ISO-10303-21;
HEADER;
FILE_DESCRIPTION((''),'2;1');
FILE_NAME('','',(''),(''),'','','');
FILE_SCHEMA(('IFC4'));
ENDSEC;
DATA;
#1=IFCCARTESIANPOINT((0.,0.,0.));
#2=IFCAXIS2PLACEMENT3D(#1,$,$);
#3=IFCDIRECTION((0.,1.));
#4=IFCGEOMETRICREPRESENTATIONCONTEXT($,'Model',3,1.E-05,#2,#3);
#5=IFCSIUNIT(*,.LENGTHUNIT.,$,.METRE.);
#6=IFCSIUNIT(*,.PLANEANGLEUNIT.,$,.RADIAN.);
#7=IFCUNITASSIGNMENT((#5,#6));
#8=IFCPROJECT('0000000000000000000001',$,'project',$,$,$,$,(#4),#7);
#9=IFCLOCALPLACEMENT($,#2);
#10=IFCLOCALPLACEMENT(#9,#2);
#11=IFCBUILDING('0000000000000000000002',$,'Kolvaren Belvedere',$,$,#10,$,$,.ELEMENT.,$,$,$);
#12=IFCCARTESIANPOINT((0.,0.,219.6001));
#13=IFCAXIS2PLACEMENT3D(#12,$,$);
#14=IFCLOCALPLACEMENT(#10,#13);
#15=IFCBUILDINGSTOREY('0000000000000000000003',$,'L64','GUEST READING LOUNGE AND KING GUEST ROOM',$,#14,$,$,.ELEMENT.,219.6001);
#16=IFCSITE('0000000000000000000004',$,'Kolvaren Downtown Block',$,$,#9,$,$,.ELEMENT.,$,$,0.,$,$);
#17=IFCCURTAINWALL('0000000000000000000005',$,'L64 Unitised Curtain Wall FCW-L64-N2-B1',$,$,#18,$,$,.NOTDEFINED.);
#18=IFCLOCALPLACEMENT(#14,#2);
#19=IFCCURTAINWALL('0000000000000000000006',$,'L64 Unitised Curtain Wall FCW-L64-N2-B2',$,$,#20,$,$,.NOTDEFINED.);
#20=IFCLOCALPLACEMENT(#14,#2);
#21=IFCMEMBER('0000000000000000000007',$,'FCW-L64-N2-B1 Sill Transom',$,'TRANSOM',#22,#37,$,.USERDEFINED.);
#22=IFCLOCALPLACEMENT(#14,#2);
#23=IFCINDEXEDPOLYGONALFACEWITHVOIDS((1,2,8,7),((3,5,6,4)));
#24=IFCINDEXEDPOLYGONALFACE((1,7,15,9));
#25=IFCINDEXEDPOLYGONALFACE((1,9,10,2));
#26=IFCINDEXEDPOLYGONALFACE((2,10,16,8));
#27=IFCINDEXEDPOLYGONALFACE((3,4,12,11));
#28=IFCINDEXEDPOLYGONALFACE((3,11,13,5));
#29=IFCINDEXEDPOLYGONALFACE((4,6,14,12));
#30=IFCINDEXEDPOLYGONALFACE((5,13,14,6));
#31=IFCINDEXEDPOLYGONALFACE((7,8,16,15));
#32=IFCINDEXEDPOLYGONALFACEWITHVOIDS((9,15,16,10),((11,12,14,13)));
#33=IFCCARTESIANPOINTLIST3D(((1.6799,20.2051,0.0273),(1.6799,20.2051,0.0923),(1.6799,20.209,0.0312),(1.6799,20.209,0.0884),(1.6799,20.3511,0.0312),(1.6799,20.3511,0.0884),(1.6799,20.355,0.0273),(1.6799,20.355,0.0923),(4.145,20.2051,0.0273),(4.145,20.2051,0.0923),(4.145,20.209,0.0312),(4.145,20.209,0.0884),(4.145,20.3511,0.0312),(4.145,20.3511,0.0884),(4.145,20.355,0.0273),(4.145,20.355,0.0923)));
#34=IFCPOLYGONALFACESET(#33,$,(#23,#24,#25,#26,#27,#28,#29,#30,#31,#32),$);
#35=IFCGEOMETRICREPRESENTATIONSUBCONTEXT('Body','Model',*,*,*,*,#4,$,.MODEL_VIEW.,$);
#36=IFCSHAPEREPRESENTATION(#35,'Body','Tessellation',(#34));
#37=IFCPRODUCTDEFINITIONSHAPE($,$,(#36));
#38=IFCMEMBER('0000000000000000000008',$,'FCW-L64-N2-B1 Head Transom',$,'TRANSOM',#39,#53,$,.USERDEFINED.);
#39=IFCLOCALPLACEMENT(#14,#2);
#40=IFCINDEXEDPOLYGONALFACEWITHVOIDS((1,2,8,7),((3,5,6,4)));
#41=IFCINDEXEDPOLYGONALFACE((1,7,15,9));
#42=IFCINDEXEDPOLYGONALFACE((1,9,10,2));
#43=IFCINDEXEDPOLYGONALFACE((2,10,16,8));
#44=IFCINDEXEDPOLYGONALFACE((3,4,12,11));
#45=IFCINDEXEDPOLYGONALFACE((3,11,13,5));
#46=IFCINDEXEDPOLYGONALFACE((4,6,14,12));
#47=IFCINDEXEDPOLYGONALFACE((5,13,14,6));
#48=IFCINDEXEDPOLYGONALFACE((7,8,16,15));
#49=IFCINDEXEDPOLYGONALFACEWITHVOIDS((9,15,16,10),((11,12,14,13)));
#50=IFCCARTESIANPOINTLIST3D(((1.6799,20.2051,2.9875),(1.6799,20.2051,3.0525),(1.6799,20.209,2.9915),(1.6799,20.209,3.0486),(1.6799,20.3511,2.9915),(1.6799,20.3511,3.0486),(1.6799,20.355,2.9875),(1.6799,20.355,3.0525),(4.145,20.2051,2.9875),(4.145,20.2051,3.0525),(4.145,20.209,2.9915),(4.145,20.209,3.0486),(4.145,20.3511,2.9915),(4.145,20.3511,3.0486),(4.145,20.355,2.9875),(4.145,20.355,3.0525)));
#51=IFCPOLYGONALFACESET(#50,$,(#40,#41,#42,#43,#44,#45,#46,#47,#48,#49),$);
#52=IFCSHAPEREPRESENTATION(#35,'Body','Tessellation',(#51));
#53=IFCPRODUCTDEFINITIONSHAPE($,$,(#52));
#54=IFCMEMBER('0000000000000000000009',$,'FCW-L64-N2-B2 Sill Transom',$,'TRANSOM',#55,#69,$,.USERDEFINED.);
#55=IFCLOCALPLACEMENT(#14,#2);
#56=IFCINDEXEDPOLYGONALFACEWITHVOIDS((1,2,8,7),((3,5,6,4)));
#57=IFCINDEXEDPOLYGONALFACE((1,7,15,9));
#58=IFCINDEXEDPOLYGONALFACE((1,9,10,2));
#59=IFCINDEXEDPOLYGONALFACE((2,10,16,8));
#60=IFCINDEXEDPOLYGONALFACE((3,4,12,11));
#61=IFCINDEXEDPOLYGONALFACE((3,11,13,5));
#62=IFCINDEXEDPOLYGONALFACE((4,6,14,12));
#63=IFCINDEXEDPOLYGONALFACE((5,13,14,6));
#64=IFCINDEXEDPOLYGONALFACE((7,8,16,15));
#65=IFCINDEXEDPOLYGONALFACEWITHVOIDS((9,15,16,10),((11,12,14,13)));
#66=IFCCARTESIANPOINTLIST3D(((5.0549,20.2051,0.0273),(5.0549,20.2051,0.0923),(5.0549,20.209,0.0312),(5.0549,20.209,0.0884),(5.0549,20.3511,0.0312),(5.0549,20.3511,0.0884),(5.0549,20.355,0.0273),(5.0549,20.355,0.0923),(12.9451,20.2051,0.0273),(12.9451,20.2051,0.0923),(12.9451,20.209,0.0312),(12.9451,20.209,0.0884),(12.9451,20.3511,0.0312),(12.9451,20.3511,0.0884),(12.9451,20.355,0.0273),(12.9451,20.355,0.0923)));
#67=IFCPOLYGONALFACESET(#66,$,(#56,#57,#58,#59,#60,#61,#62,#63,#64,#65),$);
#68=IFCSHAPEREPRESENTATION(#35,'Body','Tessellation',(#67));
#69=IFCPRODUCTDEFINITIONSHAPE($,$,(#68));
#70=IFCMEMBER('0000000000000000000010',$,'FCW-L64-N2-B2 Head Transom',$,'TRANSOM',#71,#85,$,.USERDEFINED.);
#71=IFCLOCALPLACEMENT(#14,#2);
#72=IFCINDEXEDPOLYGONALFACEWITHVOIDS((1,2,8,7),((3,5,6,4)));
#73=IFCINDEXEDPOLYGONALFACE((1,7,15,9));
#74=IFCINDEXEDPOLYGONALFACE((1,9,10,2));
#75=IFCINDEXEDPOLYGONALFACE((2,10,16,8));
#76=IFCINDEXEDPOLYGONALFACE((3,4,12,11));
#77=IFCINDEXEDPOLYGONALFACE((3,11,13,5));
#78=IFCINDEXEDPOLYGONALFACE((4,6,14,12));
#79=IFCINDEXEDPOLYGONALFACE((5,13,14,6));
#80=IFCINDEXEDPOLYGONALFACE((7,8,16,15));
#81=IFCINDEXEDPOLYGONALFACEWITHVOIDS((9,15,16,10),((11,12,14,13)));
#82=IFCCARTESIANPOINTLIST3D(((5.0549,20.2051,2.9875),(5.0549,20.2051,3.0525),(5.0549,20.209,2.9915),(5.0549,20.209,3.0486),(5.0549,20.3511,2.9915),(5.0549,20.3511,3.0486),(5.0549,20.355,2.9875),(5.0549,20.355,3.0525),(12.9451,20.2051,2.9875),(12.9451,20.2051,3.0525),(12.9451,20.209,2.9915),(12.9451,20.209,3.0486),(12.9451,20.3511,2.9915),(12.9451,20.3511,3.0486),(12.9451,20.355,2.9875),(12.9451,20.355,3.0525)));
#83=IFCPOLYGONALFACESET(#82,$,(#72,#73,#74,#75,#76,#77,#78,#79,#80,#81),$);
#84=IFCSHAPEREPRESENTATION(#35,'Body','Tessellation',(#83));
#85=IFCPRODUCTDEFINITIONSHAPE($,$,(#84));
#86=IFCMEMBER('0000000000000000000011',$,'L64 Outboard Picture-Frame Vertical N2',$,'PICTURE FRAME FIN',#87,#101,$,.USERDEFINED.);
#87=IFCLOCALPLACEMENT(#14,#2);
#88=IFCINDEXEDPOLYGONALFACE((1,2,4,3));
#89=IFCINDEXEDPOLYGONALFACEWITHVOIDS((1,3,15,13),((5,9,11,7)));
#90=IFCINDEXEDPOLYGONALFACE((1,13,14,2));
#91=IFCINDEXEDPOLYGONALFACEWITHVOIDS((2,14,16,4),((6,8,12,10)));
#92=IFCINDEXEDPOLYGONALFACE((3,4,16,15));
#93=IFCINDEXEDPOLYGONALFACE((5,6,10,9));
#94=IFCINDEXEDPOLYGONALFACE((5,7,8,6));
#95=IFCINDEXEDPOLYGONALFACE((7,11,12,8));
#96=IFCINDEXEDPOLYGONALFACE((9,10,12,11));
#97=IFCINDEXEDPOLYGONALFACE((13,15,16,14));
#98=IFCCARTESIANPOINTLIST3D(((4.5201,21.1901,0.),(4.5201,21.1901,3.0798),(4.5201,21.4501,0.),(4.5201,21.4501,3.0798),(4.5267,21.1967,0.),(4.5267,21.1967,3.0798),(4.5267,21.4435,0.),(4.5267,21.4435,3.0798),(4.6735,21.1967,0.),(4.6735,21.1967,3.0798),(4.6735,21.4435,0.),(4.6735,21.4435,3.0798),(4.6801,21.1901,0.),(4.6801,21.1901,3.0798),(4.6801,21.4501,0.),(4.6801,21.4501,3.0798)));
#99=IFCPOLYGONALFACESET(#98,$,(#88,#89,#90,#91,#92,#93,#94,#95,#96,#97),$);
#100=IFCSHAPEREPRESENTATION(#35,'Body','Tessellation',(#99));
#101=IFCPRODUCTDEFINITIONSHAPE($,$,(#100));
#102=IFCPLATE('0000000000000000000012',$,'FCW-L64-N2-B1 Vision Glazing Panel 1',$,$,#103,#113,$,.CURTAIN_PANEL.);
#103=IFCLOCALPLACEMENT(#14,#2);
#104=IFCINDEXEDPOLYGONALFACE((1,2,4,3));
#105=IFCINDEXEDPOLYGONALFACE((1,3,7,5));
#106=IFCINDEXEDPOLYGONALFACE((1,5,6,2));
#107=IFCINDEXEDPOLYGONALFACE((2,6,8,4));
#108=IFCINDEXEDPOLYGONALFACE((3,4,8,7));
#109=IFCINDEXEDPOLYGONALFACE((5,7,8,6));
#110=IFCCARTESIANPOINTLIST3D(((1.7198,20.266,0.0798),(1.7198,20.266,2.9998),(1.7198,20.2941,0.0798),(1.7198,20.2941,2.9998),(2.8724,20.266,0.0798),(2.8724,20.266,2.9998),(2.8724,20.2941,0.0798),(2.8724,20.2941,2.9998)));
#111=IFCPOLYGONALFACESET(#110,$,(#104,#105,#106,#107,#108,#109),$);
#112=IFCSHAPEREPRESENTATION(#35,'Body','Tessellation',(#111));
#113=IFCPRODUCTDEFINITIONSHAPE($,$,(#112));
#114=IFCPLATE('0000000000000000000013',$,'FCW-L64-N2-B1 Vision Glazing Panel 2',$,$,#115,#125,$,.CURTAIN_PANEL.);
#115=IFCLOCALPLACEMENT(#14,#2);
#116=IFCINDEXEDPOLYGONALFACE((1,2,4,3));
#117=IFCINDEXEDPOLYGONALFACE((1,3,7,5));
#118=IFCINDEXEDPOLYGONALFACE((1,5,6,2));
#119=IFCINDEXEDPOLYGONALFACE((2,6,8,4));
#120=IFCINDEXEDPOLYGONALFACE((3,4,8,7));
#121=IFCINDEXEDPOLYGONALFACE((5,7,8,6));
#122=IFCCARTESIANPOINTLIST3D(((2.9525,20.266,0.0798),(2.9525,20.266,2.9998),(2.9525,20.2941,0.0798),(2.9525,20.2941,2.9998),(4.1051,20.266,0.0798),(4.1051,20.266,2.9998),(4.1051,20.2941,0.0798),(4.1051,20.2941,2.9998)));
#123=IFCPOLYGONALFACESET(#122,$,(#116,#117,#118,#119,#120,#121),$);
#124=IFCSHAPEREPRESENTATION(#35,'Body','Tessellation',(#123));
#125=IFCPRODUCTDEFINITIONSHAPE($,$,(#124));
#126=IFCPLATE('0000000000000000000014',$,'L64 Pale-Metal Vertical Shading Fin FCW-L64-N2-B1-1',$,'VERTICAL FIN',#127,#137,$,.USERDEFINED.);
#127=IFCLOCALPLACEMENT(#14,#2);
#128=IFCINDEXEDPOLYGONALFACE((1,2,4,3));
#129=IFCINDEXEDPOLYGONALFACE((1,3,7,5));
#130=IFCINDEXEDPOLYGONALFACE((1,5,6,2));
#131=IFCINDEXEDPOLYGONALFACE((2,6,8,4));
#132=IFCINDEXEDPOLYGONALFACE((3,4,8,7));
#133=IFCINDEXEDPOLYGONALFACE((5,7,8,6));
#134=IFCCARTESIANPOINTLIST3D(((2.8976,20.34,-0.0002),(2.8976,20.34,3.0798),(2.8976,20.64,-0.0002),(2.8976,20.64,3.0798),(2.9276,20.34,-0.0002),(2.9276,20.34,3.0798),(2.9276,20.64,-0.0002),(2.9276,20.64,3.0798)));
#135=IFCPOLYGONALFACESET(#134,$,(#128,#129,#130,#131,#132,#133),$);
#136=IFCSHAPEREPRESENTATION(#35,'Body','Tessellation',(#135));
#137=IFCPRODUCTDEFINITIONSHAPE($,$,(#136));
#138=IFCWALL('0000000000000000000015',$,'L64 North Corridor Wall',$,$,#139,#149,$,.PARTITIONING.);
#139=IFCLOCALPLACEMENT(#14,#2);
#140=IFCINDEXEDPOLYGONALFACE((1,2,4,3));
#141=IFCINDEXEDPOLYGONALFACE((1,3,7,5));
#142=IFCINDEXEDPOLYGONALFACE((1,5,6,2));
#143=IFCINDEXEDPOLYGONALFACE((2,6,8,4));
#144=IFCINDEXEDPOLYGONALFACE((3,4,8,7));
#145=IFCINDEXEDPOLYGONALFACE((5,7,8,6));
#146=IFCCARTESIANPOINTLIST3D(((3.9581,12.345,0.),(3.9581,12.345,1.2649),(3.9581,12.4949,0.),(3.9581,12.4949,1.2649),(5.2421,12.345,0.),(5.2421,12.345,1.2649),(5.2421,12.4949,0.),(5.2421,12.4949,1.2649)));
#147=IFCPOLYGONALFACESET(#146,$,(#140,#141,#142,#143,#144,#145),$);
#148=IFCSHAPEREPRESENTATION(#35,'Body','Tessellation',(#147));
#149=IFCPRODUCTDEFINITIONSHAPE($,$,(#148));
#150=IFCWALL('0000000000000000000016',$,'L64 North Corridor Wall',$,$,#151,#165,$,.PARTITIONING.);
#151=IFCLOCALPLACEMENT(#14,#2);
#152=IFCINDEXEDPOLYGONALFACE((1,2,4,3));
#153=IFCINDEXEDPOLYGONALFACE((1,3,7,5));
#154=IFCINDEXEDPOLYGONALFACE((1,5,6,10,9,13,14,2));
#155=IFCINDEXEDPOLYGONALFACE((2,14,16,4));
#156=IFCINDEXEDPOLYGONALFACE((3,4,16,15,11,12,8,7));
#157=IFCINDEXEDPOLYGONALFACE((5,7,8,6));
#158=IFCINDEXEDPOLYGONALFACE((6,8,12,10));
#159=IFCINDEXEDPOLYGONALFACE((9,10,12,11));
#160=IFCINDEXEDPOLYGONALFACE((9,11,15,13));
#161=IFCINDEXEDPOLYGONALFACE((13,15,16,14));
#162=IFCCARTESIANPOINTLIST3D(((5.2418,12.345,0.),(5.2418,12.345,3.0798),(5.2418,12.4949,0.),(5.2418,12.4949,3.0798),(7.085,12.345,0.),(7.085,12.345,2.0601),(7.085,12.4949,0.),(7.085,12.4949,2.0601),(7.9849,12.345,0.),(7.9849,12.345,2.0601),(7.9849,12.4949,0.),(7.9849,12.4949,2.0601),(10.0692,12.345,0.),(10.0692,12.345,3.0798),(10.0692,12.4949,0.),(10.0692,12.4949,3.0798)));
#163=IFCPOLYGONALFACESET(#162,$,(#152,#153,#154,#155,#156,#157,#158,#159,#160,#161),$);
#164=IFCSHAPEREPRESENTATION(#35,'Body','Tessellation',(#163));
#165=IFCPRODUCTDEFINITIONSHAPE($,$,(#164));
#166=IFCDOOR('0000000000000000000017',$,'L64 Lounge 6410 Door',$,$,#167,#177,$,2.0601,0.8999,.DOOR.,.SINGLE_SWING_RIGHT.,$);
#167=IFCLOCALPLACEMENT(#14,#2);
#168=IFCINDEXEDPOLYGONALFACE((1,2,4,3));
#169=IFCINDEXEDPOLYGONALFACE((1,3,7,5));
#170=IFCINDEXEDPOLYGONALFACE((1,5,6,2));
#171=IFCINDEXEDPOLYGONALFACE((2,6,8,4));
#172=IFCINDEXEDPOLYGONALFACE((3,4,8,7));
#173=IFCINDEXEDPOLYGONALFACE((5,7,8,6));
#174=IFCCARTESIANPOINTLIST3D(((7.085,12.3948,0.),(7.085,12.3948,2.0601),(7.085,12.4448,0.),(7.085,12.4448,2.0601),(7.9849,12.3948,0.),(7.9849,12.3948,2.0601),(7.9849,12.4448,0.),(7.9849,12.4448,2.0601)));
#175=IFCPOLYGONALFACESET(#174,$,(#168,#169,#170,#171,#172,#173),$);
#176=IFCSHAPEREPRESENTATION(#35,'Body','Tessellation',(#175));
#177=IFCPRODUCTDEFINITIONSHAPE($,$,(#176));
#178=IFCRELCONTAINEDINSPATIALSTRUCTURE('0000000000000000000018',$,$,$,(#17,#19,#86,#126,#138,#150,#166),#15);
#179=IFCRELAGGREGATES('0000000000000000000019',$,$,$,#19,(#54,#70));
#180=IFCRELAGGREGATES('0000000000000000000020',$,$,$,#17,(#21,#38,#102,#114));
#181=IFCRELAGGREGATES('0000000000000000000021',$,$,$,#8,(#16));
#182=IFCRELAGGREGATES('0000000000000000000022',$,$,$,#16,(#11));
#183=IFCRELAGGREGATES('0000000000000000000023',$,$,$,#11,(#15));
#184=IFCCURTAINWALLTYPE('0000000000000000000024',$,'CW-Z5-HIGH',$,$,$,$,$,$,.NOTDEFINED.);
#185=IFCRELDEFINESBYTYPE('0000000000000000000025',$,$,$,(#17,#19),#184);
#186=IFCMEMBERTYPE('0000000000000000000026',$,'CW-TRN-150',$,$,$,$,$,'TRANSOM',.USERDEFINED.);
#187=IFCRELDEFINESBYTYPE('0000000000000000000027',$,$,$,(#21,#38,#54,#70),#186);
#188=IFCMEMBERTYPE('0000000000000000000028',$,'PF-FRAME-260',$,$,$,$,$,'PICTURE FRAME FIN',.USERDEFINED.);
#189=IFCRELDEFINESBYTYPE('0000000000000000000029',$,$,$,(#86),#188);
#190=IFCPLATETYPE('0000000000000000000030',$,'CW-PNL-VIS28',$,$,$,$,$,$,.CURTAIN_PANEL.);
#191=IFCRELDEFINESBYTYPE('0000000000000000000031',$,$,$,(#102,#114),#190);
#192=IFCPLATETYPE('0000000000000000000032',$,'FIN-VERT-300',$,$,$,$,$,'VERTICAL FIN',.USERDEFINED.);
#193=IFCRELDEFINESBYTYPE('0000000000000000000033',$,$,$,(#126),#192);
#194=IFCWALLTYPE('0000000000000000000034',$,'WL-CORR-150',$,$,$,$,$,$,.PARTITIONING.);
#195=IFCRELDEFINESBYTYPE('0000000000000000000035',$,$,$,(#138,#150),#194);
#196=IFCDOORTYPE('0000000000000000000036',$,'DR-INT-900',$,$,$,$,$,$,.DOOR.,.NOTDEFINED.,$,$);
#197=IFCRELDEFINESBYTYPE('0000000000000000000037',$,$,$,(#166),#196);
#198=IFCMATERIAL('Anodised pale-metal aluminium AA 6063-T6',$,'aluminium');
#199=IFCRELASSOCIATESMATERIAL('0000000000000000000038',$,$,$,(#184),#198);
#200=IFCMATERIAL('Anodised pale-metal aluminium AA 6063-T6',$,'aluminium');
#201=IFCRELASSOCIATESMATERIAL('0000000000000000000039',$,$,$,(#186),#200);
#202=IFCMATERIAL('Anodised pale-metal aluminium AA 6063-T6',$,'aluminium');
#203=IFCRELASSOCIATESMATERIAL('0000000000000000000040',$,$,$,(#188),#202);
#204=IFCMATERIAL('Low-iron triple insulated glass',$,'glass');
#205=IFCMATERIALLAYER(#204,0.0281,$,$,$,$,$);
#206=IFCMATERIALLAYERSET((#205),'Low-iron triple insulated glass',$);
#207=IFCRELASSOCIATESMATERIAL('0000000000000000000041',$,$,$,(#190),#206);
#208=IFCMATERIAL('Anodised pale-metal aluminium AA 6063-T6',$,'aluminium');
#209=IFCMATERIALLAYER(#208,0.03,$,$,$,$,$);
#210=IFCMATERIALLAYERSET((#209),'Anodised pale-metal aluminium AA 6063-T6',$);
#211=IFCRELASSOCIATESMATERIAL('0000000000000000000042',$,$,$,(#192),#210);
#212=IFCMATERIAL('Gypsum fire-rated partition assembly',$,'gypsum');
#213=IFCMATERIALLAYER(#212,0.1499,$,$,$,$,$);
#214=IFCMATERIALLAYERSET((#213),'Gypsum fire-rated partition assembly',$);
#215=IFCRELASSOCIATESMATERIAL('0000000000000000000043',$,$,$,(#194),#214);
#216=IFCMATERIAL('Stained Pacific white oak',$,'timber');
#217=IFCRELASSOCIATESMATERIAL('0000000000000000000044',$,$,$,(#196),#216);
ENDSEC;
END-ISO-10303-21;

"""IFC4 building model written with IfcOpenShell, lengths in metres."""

from ifc_helpers import new_model, si_unit, direction, frame, frame_2d, origin, origin_2d, place, context, subcontext, project, spatial, rectangle, hollow_rectangle, extrude, material, layer, layer_set, material_profile, profile_set, type_object, element, fill, aggregate, save


model = new_model("IFC4")

# Units and contexts
model_context = context("Model", 3, precision=1e-05, world=origin(), true_north=direction((0.0, 1.0)))
body_context = subcontext(model_context, "Body", "Model", "MODEL_VIEW")
ifc_project = project(units=[si_unit("LENGTHUNIT", "METRE"), si_unit("PLANEANGLEUNIT", "RADIAN")], contexts=[model_context])

# Site, building, storey
site_placement = place(None, origin())
site = spatial("IfcSite", under=ifc_project, at=site_placement, Name="Kolvaren Downtown Block", CompositionType="ELEMENT", RefElevation=0.0)
building_placement = place(site_placement, origin())
building = spatial("IfcBuilding", under=site, at=building_placement, Name="Kolvaren Belvedere", CompositionType="ELEMENT")
storey_placement = place(building_placement, frame((0.0, 0.0, 219.6001)))
storey = spatial("IfcBuildingStorey", under=building, at=storey_placement, Name="L64", Description="GUEST READING LOUNGE AND KING GUEST ROOM", CompositionType="ELEMENT", Elevation=219.6001)

# Curtain wall
ifc_material_1 = material(Name="Anodised pale-metal aluminium AA 6063-T6", Category="aluminium")
curtain_wall_type = type_object("IfcCurtainWallType", Name="CW-Z5-HIGH", PredefinedType="NOTDEFINED", material=ifc_material_1)
curtain_wall_1_placement = place(storey_placement, origin())
curtain_wall_1 = element("IfcCurtainWall", 1, at=curtain_wall_1_placement, inside=storey, type_object=curtain_wall_type, Name="L64 Unitised Curtain Wall FCW-L64-N2-B1", PredefinedType="NOTDEFINED")

# Curtain wall
curtain_wall_2_placement = place(storey_placement, origin())
curtain_wall_2 = element("IfcCurtainWall", 2, at=curtain_wall_2_placement, inside=storey, type_object=curtain_wall_type, Name="L64 Unitised Curtain Wall FCW-L64-N2-B2", PredefinedType="NOTDEFINED")

# Members
ifc_material_2 = material(Name="Anodised pale-metal aluminium AA 6063-T6", Category="aluminium")
ifc_material_profile_1 = material_profile(ifc_material_2, hollow_rectangle(XDim=0.0649, YDim=0.1499, WallThickness=0.0039, at=origin_2d()), Name="ALU-TRN-150X65")
ifc_profile_set_1 = profile_set([ifc_material_profile_1], Name="Anodised pale-metal aluminium AA 6063-T6")
member_type_1 = type_object("IfcMemberType", Name="CW-TRN-150", ElementType="TRANSOM", PredefinedType="USERDEFINED", material=ifc_profile_set_1)
member_1_placement = place(storey_placement, frame((1.6799, 20.28, 0.0598), z_axis=(1.0, 0.0, 0.0), x_axis=(0.0, 0.0, 1.0)))
member_1 = element("IfcMember", 3, at=member_1_placement, type_object=member_type_1, Name="FCW-L64-N2-B1 Sill Transom", ObjectType="TRANSOM", PredefinedType="USERDEFINED", context=body_context, shape_type="SweptSolid", body=[
    extrude(hollow_rectangle(XDim=0.0649, YDim=0.1499, WallThickness=0.0039, at=origin_2d()), origin(), (0.0, 0.0, 1.0), 2.4651),
])
member_2_placement = place(storey_placement, frame((1.6799, 20.28, 3.02), z_axis=(1.0, 0.0, 0.0), x_axis=(0.0, 0.0, 1.0)))
member_2 = element("IfcMember", 4, at=member_2_placement, type_object=member_type_1, Name="FCW-L64-N2-B1 Head Transom", ObjectType="TRANSOM", PredefinedType="USERDEFINED", context=body_context, shape_type="SweptSolid", body=[
    extrude(hollow_rectangle(XDim=0.0649, YDim=0.1499, WallThickness=0.0039, at=origin_2d()), origin(), (0.0, 0.0, 1.0), 2.4651),
])
member_3_placement = place(storey_placement, frame((5.0549, 20.28, 0.0598), z_axis=(1.0, 0.0, 0.0), x_axis=(0.0, 0.0, 1.0)))
member_3 = element("IfcMember", 5, at=member_3_placement, type_object=member_type_1, Name="FCW-L64-N2-B2 Sill Transom", ObjectType="TRANSOM", PredefinedType="USERDEFINED", context=body_context, shape_type="SweptSolid", body=[
    extrude(hollow_rectangle(XDim=0.0649, YDim=0.1499, WallThickness=0.0039, at=origin_2d()), origin(), (0.0, 0.0, 1.0), 7.8901),
])
member_4_placement = place(storey_placement, frame((5.0549, 20.28, 3.02), z_axis=(1.0, 0.0, 0.0), x_axis=(0.0, 0.0, 1.0)))
member_4 = element("IfcMember", 6, at=member_4_placement, type_object=member_type_1, Name="FCW-L64-N2-B2 Head Transom", ObjectType="TRANSOM", PredefinedType="USERDEFINED", context=body_context, shape_type="SweptSolid", body=[
    extrude(hollow_rectangle(XDim=0.0649, YDim=0.1499, WallThickness=0.0039, at=origin_2d()), origin(), (0.0, 0.0, 1.0), 7.8901),
])
aggregate(curtain_wall_2, [member_3, member_4])
ifc_material_3 = material(Name="Anodised pale-metal aluminium AA 6063-T6", Category="aluminium")
ifc_material_profile_2 = material_profile(ifc_material_3, hollow_rectangle(XDim=0.1599, YDim=0.26, WallThickness=0.0066, at=origin_2d()), Name="ALU-PF-260X160")
ifc_profile_set_2 = profile_set([ifc_material_profile_2], Name="Anodised pale-metal aluminium AA 6063-T6")
member_type_2 = type_object("IfcMemberType", Name="PF-FRAME-260", ElementType="PICTURE FRAME FIN", PredefinedType="USERDEFINED", material=ifc_profile_set_2)
member_5_placement = place(storey_placement, frame((4.6001, 21.3201, 0.0), z_axis=(0.0, 0.0, 1.0), x_axis=(1.0, 0.0, 0.0)))
element("IfcMember", 7, at=member_5_placement, inside=storey, type_object=member_type_2, Name="L64 Outboard Picture-Frame Vertical N2", ObjectType="PICTURE FRAME FIN", PredefinedType="USERDEFINED", context=body_context, shape_type="SweptSolid", body=[
    extrude(hollow_rectangle(XDim=0.1599, YDim=0.26, WallThickness=0.0066, at=origin_2d()), origin(), (0.0, 0.0, 1.0), 3.0798),
])

# Plates
ifc_material_4 = material(Name="Low-iron triple insulated glass", Category="glass")
ifc_layer_1 = layer(ifc_material_4, 0.0281)
ifc_layer_set_1 = layer_set([ifc_layer_1], Name="Low-iron triple insulated glass")
plate_type_1 = type_object("IfcPlateType", Name="CW-PNL-VIS28", PredefinedType="CURTAIN_PANEL", material=ifc_layer_set_1)
plate_1_placement = place(storey_placement, frame((2.2961, 20.28, 0.0798), z_axis=(0.0, 0.0, 1.0), x_axis=(1.0, 0.0, 0.0)))
plate_1 = element("IfcPlate", 8, at=plate_1_placement, type_object=plate_type_1, Name="FCW-L64-N2-B1 Vision Glazing Panel 1", PredefinedType="CURTAIN_PANEL", context=body_context, shape_type="SweptSolid", body=[
    extrude(rectangle(XDim=1.1526, YDim=0.0281, at=origin_2d()), origin(), (0.0, 0.0, 1.0), 2.9199),
])
plate_2_placement = place(storey_placement, frame((3.5288, 20.28, 0.0798), z_axis=(0.0, 0.0, 1.0), x_axis=(1.0, 0.0, 0.0)))
plate_2 = element("IfcPlate", 9, at=plate_2_placement, type_object=plate_type_1, Name="FCW-L64-N2-B1 Vision Glazing Panel 2", PredefinedType="CURTAIN_PANEL", context=body_context, shape_type="SweptSolid", body=[
    extrude(rectangle(XDim=1.1526, YDim=0.0281, at=origin_2d()), origin(), (0.0, 0.0, 1.0), 2.9199),
])
aggregate(curtain_wall_1, [member_1, member_2, plate_1, plate_2])
ifc_material_5 = material(Name="Anodised pale-metal aluminium AA 6063-T6", Category="aluminium")
ifc_layer_2 = layer(ifc_material_5, 0.03)
ifc_layer_set_2 = layer_set([ifc_layer_2], Name="Anodised pale-metal aluminium AA 6063-T6")
plate_type_2 = type_object("IfcPlateType", Name="FIN-VERT-300", ElementType="VERTICAL FIN", PredefinedType="USERDEFINED", material=ifc_layer_set_2)
plate_3_placement = place(storey_placement, frame((2.9126, 20.49, -0.0002), z_axis=(0.0, 0.0, 1.0), x_axis=(0.0, 1.0, 0.0)))
element("IfcPlate", 10, at=plate_3_placement, inside=storey, type_object=plate_type_2, Name="L64 Pale-Metal Vertical Shading Fin FCW-L64-N2-B1-1", ObjectType="VERTICAL FIN", PredefinedType="USERDEFINED", context=body_context, shape_type="SweptSolid", body=[
    extrude(rectangle(XDim=0.3, YDim=0.03, at=origin_2d()), origin(), (0.0, 0.0, 1.0), 3.0801),
])

# Wall
ifc_material_6 = material(Name="Gypsum fire-rated partition assembly", Category="gypsum")
ifc_layer_3 = layer(ifc_material_6, 0.1499)
ifc_layer_set_3 = layer_set([ifc_layer_3], Name="Gypsum fire-rated partition assembly")
wall_type_1 = type_object("IfcWallType", Name="WL-CORR-150", PredefinedType="PARTITIONING", material=ifc_layer_set_3)
wall_1_placement = place(storey_placement, frame((3.958, 12.4199, 0.0), z_axis=(0.0, 0.0, 1.0), x_axis=(1.0, 0.0, 0.0)))
element("IfcWall", 11, at=wall_1_placement, inside=storey, type_object=wall_type_1, Name="L64 North Corridor Wall", PredefinedType="PARTITIONING", context=body_context, shape_type="SweptSolid", body=[
    extrude(rectangle(XDim=1.2839, YDim=0.1499, at=frame_2d((0.6421, 0.0))), origin(), (0.0, 0.0, 1.0), 1.2649),
])

# Wall, opening, door
wall_2_placement = place(storey_placement, frame((5.2419, 12.4199, 0.0), z_axis=(0.0, 0.0, 1.0), x_axis=(1.0, 0.0, 0.0)))
wall_2 = element("IfcWall", 12, at=wall_2_placement, inside=storey, type_object=wall_type_1, Name="L64 North Corridor Wall", PredefinedType="PARTITIONING", context=body_context, shape_type="SweptSolid", body=[
    extrude(rectangle(XDim=4.8274, YDim=0.1499, at=frame_2d((2.4136, 0.0))), origin(), (0.0, 0.0, 1.0), 3.0798),
])
opening_placement = place(wall_2_placement, frame((1.843, 0.0, 0.0)))
opening = element("IfcOpeningElement", 13, at=opening_placement, cuts=wall_2, PredefinedType="OPENING", context=body_context, shape_type="SweptSolid", body=[
    extrude(rectangle(XDim=0.8999, YDim=2.0601, at=frame_2d((0.45, 1.03))), frame((0.0, 0.085, 0.0), z_axis=(0.0, -1.0, 0.0), x_axis=(1.0, 0.0, 0.0)), (0.0, 0.0, 1.0), 0.1699),
])
ifc_material_7 = material(Name="Stained Pacific white oak", Category="timber")
door_type = type_object("IfcDoorType", Name="DR-INT-900", OperationType="NOTDEFINED", PredefinedType="DOOR", material=ifc_material_7)
door_placement = place(opening_placement, origin())
door = element("IfcDoor", 14, at=door_placement, inside=storey, type_object=door_type, Name="L64 Lounge 6410 Door", OperationType="SINGLE_SWING_RIGHT", OverallHeight=2.0601, OverallWidth=0.8999, PredefinedType="DOOR", context=body_context, shape_type="SweptSolid", body=[
    extrude(rectangle(XDim=0.8999, YDim=2.0601, at=frame_2d((0.45, 1.03))), frame((0.0, 0.0249, 0.0), z_axis=(0.0, -1.0, 0.0), x_axis=(1.0, 0.0, 0.0)), (0.0, 0.0, 1.0), 0.05),
])
fill(opening, door)

save(model, "model.ifc")
